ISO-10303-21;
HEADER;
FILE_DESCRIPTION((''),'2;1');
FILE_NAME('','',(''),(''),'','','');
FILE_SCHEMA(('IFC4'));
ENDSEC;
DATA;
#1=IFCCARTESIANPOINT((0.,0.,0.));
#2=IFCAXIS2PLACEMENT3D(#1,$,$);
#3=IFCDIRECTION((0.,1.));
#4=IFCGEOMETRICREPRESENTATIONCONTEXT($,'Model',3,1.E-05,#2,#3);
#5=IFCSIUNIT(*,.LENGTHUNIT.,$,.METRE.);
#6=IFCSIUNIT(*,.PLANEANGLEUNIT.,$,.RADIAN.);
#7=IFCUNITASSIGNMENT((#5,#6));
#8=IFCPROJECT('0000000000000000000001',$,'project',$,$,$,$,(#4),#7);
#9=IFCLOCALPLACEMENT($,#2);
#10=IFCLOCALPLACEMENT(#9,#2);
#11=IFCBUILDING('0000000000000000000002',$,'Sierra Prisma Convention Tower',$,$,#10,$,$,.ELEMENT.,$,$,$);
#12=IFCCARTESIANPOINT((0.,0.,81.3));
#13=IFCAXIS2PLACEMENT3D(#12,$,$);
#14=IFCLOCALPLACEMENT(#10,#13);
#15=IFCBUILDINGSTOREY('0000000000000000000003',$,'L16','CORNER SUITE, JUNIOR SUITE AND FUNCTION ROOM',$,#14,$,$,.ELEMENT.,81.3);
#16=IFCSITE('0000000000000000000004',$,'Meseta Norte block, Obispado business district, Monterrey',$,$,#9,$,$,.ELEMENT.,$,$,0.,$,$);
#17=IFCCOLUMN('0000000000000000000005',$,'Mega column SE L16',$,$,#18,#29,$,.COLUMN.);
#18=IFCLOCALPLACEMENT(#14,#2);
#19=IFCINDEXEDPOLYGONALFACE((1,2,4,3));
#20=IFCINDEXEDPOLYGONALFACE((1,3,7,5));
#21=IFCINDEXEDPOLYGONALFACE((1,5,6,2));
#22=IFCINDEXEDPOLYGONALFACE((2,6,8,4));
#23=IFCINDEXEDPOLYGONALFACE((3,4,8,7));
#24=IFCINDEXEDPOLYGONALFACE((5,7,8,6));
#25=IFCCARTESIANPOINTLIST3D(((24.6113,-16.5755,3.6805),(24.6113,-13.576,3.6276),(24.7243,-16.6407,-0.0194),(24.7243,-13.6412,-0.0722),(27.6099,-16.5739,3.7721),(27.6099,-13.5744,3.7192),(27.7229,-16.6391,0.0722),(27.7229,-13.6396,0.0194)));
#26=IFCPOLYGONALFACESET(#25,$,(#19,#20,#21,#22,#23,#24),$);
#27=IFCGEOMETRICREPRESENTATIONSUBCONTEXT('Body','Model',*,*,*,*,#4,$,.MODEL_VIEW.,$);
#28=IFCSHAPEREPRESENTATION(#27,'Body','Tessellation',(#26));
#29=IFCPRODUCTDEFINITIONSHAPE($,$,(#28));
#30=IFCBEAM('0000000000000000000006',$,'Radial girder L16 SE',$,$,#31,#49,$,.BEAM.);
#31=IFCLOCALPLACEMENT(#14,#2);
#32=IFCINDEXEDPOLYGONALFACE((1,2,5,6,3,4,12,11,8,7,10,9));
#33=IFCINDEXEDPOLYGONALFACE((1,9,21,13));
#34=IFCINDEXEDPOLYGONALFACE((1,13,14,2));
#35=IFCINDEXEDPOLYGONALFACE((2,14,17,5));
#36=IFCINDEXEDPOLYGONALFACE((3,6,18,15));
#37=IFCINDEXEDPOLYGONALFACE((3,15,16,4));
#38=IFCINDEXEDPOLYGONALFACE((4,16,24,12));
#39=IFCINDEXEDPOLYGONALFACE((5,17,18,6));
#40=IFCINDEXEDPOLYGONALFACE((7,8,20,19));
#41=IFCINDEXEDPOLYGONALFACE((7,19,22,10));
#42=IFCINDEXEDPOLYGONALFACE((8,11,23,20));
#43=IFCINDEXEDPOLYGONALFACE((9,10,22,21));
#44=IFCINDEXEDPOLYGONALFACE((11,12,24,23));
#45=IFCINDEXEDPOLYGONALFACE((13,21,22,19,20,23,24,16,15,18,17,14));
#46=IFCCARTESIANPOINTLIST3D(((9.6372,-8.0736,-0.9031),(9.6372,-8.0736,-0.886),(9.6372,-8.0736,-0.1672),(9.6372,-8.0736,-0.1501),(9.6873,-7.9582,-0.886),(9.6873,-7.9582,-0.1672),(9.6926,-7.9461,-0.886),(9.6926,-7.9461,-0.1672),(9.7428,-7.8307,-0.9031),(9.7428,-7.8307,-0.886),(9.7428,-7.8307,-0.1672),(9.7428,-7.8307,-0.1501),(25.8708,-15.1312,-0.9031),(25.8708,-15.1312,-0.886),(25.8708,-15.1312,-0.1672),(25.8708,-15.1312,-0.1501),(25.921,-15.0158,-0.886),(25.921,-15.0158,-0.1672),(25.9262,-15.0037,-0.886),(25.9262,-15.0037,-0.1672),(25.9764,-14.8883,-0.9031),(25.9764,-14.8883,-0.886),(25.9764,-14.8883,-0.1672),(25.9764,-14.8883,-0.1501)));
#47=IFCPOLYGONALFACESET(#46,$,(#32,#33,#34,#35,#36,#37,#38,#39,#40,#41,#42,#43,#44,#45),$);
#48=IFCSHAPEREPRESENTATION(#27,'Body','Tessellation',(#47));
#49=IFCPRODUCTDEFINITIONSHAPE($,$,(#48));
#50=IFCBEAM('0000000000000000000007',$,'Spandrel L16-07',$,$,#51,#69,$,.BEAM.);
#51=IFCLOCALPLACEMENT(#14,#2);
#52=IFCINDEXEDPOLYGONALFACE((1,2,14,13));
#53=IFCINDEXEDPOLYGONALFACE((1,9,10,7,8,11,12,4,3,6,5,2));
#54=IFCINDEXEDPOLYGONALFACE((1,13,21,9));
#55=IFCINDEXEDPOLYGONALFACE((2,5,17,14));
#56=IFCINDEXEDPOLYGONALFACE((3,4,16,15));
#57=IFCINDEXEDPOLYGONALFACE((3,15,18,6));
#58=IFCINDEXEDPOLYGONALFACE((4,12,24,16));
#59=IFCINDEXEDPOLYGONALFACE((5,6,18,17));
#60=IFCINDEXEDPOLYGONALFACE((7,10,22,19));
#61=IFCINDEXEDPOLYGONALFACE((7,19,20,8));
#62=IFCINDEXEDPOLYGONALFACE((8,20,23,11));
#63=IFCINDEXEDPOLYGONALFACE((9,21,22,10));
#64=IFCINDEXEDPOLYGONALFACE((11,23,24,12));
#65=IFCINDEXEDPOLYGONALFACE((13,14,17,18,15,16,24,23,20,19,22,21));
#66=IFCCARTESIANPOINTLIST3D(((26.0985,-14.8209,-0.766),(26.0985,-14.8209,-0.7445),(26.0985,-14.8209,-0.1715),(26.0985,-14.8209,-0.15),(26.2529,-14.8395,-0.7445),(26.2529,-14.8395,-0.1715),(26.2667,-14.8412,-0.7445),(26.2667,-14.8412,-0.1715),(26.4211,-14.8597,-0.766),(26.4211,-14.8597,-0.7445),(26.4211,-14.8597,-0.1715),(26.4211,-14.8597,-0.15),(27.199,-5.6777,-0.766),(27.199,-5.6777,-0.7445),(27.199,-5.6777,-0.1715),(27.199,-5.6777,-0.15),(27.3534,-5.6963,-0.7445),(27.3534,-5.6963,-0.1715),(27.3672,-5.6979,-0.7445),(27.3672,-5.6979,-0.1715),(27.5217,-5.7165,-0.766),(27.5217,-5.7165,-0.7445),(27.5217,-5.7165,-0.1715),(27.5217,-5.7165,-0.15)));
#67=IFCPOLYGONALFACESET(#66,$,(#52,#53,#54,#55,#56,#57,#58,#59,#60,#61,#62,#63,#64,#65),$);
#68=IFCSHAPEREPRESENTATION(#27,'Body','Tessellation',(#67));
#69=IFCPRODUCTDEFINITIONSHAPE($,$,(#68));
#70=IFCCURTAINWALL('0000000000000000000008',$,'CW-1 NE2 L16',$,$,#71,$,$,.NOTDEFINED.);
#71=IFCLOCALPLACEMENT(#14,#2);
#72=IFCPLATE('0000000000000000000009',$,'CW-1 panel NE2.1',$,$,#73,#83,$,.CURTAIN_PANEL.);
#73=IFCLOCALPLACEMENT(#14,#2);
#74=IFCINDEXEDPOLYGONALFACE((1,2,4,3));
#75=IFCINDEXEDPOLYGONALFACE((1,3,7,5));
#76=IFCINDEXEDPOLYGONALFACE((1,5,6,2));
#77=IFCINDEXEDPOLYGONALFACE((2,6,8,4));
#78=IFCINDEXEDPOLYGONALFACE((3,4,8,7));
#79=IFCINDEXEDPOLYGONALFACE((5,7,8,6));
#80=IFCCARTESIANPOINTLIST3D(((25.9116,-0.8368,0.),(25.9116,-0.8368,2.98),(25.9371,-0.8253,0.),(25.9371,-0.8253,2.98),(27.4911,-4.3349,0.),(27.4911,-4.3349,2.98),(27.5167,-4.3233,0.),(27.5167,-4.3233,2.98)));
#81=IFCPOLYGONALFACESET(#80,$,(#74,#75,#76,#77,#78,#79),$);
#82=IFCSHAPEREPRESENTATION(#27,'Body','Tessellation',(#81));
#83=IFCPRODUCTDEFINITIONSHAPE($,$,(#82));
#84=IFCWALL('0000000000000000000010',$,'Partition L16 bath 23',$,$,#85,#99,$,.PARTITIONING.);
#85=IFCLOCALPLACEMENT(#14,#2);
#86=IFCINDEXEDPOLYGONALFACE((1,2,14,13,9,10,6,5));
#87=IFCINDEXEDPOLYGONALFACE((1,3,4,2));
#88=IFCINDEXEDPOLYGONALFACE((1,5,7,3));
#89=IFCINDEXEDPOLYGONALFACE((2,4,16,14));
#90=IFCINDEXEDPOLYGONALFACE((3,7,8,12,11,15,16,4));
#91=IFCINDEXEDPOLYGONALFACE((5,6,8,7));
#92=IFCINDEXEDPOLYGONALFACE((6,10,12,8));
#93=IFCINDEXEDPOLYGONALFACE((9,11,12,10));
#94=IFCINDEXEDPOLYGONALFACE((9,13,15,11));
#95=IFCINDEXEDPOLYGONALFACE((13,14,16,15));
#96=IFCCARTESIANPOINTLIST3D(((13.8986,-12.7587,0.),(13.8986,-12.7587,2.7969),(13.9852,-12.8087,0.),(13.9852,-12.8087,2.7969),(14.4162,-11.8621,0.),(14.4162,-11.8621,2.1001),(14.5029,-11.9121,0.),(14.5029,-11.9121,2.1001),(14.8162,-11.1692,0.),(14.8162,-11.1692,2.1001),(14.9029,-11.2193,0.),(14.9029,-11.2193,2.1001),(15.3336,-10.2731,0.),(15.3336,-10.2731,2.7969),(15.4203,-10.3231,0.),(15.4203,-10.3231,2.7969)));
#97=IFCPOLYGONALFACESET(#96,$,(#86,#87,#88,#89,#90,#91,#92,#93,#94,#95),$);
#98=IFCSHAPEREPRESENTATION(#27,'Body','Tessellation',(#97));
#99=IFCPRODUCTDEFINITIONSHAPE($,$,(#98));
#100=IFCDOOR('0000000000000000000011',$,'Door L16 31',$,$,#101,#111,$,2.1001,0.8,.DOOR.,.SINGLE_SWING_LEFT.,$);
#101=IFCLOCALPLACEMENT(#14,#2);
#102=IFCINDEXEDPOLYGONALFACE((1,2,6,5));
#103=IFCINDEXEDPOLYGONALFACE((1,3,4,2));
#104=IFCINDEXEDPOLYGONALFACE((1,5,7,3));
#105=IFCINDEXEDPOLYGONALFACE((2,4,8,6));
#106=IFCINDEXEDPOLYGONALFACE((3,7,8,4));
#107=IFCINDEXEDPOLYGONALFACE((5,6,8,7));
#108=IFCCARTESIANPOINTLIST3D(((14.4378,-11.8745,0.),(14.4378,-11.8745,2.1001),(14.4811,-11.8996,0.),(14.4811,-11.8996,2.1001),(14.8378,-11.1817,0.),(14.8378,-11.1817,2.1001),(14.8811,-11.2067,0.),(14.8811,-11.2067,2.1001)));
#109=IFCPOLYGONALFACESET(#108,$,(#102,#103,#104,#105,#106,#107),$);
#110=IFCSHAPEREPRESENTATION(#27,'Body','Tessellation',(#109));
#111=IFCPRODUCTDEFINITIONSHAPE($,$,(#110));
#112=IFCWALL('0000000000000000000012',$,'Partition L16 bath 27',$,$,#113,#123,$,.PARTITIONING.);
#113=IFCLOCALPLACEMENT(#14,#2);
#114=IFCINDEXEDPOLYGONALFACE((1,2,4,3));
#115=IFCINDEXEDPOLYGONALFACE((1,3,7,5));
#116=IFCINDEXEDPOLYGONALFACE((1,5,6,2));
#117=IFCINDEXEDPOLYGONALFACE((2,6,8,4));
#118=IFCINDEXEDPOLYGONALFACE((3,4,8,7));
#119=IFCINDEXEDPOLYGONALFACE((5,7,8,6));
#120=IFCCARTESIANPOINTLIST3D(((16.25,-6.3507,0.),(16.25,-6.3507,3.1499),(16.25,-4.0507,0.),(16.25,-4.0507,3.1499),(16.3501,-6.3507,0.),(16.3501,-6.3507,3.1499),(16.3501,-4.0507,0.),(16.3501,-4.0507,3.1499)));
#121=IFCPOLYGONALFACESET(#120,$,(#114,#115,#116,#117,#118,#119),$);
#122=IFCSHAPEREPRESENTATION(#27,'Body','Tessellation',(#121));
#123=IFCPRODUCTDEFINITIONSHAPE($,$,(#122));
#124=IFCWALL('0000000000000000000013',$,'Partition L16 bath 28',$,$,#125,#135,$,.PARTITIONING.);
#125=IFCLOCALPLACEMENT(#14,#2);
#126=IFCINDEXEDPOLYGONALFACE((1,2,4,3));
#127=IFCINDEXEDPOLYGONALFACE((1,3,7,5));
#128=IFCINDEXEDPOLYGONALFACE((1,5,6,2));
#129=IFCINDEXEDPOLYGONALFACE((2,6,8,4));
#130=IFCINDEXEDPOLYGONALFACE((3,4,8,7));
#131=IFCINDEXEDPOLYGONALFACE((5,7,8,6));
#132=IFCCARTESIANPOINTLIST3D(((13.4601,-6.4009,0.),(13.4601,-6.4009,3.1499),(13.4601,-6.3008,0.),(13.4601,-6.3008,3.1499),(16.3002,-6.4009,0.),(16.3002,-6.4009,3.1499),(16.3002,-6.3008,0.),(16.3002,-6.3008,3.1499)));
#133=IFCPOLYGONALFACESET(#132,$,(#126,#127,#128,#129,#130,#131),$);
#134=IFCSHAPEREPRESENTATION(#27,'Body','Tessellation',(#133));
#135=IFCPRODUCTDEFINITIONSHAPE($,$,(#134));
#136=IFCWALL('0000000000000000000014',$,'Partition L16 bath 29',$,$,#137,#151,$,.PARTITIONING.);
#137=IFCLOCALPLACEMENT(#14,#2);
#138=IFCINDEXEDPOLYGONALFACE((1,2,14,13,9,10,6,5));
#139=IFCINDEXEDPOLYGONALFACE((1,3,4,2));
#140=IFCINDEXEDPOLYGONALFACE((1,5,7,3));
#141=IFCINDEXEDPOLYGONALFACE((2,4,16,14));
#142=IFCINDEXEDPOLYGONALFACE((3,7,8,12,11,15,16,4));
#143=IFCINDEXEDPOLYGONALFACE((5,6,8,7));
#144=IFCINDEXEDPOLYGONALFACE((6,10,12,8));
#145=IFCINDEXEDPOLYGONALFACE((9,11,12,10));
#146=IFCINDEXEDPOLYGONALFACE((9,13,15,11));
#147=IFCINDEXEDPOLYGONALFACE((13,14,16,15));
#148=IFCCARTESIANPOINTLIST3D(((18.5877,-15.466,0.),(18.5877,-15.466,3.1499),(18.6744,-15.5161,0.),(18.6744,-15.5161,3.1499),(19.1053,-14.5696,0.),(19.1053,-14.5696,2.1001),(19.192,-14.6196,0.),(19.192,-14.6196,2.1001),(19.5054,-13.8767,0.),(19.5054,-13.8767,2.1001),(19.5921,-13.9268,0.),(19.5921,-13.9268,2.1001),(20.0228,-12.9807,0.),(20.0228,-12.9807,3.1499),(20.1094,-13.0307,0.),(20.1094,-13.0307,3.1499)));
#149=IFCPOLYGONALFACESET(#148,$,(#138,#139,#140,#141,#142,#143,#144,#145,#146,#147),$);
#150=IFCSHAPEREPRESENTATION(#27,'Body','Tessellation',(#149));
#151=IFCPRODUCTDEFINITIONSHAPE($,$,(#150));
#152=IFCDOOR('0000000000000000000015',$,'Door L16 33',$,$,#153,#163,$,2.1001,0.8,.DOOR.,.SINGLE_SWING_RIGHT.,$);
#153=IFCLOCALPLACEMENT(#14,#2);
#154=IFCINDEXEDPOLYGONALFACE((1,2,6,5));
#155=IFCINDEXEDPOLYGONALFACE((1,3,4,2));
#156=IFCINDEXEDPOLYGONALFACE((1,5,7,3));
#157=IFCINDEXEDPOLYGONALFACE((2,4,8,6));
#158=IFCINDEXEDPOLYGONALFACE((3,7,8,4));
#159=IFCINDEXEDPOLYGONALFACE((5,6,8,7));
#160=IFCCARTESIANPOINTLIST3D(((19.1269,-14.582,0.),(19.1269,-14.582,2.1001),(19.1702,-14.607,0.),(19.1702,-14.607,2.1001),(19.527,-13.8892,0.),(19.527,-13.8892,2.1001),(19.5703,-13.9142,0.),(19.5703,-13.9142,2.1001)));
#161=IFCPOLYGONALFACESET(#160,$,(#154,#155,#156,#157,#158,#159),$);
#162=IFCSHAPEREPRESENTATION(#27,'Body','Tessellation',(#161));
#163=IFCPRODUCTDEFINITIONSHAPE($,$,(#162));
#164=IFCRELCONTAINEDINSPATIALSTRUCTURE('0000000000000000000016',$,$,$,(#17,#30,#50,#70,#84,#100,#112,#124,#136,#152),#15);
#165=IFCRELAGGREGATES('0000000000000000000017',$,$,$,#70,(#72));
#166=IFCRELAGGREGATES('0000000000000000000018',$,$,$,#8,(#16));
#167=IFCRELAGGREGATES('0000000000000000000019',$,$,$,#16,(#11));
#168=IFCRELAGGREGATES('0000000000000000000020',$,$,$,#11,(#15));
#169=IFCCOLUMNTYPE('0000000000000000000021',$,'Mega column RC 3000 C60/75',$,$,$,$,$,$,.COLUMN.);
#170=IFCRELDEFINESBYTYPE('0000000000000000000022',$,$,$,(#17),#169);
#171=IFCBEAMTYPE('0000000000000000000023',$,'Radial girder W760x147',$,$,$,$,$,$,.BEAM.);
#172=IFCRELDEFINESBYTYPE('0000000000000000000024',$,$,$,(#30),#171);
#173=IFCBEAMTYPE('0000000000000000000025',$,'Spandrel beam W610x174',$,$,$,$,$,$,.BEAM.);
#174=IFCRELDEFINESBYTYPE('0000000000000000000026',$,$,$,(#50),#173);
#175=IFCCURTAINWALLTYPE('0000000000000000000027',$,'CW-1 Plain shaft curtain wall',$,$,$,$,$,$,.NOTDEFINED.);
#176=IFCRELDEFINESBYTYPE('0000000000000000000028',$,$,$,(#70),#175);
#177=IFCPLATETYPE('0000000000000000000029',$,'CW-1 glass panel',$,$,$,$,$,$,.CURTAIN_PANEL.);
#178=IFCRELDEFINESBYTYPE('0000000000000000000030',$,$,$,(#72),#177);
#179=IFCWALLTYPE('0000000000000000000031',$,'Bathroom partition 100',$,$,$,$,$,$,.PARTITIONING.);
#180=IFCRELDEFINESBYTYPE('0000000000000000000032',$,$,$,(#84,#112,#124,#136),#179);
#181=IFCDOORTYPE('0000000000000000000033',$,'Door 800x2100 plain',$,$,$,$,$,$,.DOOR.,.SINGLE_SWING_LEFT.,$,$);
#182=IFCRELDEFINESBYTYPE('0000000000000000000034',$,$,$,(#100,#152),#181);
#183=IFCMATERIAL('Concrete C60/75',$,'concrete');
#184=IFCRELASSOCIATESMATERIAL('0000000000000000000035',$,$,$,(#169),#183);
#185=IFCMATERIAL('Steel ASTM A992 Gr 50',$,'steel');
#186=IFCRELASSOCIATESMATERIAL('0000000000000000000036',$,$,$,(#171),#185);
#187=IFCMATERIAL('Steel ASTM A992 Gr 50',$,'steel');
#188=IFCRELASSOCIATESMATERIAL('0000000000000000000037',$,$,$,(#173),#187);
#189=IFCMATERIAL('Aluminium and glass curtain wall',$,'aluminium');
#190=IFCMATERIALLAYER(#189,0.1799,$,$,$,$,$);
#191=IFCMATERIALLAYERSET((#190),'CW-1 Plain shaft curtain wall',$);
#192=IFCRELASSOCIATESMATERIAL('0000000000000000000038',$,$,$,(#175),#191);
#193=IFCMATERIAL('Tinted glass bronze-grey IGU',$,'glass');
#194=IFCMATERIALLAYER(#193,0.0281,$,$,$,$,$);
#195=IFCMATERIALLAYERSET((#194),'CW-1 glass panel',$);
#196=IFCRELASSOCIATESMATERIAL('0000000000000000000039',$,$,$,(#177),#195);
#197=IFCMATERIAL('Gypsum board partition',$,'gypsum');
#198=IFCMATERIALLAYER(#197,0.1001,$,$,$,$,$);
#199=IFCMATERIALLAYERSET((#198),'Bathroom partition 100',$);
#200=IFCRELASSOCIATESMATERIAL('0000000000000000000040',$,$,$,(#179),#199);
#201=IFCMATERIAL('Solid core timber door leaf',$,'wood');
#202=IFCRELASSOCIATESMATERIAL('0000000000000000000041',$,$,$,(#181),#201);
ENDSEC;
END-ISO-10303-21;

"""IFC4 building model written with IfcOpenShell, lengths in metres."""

from ifc_helpers import new_model, si_unit, direction, frame, frame_2d, origin, origin_2d, place, context, subcontext, project, spatial, rectangle, i_section, extrude, material, layer, layer_set, material_profile, profile_set, type_object, element, fill, aggregate, save


model = new_model("IFC4")

# Units and contexts
model_context = context("Model", 3, precision=1e-05, world=origin(), true_north=direction((0.0, 1.0)))
body_context = subcontext(model_context, "Body", "Model", "MODEL_VIEW")
ifc_project = project(units=[si_unit("LENGTHUNIT", "METRE"), si_unit("PLANEANGLEUNIT", "RADIAN")], contexts=[model_context])

# Site, building, storey
site_placement = place(None, origin())
site = spatial("IfcSite", under=ifc_project, at=site_placement, Name="Meseta Norte block, Obispado business district, Monterrey", CompositionType="ELEMENT", RefElevation=0.0)
building_placement = place(site_placement, origin())
building = spatial("IfcBuilding", under=site, at=building_placement, Name="Sierra Prisma Convention Tower", CompositionType="ELEMENT")
storey_placement = place(building_placement, frame((0.0, 0.0, 81.3)))
storey = spatial("IfcBuildingStorey", under=building, at=storey_placement, Name="L16", Description="CORNER SUITE, JUNIOR SUITE AND FUNCTION ROOM", CompositionType="ELEMENT", Elevation=81.3)

# Column
ifc_material_1 = material(Name="Concrete C60/75", Category="concrete")
ifc_material_profile_1 = material_profile(ifc_material_1, rectangle(XDim=3.0, YDim=3.0, at=origin_2d()), Name="Mega column RC 3000 C60/75")
ifc_profile_set_1 = profile_set([ifc_material_profile_1], Name="Concrete C60/75")
column_type = type_object("IfcColumnType", Name="Mega column RC 3000 C60/75", PredefinedType="COLUMN", material=ifc_profile_set_1)
column_placement = place(storey_placement, frame((26.2236, -15.1401, 0.0), z_axis=(-0.030532, 0.017607, 0.999379), x_axis=(0.999534, 0.000538, 0.030527)))
element("IfcColumn", 1, at=column_placement, inside=storey, type_object=column_type, Name="Mega column SE L16", PredefinedType="COLUMN", context=body_context, shape_type="SweptSolid", body=[
    extrude(rectangle(XDim=3.0, YDim=3.0, at=origin_2d()), origin(), (0.0, 0.0, 1.0), 3.7021),
])

# Beams
ifc_material_2 = material(Name="Steel ASTM A992 Gr 50", Category="steel")
ifc_material_profile_2 = material_profile(ifc_material_2, i_section(OverallWidth=0.2649, OverallDepth=0.7529, WebThickness=0.0132, FlangeThickness=0.0171, at=origin_2d()), Name="W760x147")
ifc_profile_set_2 = profile_set([ifc_material_profile_2], Name="Steel ASTM A992 Gr 50")
beam_type_1 = type_object("IfcBeamType", Name="Radial girder W760x147", PredefinedType="BEAM", material=ifc_profile_set_2)
beam_1_placement = place(storey_placement, frame((25.9236, -15.0098, -0.5266), z_axis=(-0.91708, 0.398703, 0.0), x_axis=(-0.398703, -0.91708, 0.0)))
element("IfcBeam", 2, at=beam_1_placement, inside=storey, type_object=beam_type_1, Name="Radial girder L16 SE", PredefinedType="BEAM", context=body_context, shape_type="SweptSolid", body=[
    extrude(i_section(OverallWidth=0.2649, OverallDepth=0.7529, WebThickness=0.0132, FlangeThickness=0.0171, at=origin_2d()), origin(), (0.0, 0.0, 1.0), 17.7014),
])
ifc_material_3 = material(Name="Steel ASTM A992 Gr 50", Category="steel")
ifc_material_profile_3 = material_profile(ifc_material_3, i_section(OverallWidth=0.325, OverallDepth=0.616, WebThickness=0.0139, FlangeThickness=0.0215, at=origin_2d()), Name="W610x174")
ifc_profile_set_3 = profile_set([ifc_material_profile_3], Name="Steel ASTM A992 Gr 50")
beam_type_2 = type_object("IfcBeamType", Name="Spandrel beam W610x174", PredefinedType="BEAM", material=ifc_profile_set_3)
beam_2_placement = place(storey_placement, frame((26.2598, -14.8403, -0.458), z_axis=(0.119508, 0.992833, 0.0), x_axis=(-0.992833, 0.119508, 0.0)))
element("IfcBeam", 3, at=beam_2_placement, inside=storey, type_object=beam_type_2, Name="Spandrel L16-07", PredefinedType="BEAM", context=body_context, shape_type="SweptSolid", body=[
    extrude(i_section(OverallWidth=0.325, OverallDepth=0.616, WebThickness=0.0139, FlangeThickness=0.0215, at=origin_2d()), origin(), (0.0, 0.0, 1.0), 9.2092),
])

# Curtain wall, plate
ifc_material_4 = material(Name="Aluminium and glass curtain wall", Category="aluminium")
ifc_layer_1 = layer(ifc_material_4, 0.1799)
ifc_layer_set_1 = layer_set([ifc_layer_1], Name="CW-1 Plain shaft curtain wall")
curtain_wall_type = type_object("IfcCurtainWallType", Name="CW-1 Plain shaft curtain wall", PredefinedType="NOTDEFINED", material=ifc_layer_set_1)
curtain_wall_placement = place(storey_placement, origin())
curtain_wall = element("IfcCurtainWall", 4, at=curtain_wall_placement, inside=storey, type_object=curtain_wall_type, Name="CW-1 NE2 L16", PredefinedType="NOTDEFINED")
ifc_material_5 = material(Name="Tinted glass bronze-grey IGU", Category="glass")
ifc_layer_2 = layer(ifc_material_5, 0.0281)
ifc_layer_set_2 = layer_set([ifc_layer_2], Name="CW-1 glass panel")
plate_type = type_object("IfcPlateType", Name="CW-1 glass panel", PredefinedType="CURTAIN_PANEL", material=ifc_layer_set_2)
plate_placement = place(storey_placement, frame((26.7141, -2.5801, 0.0), z_axis=(0.0, 0.0, 1.0), x_axis=(-0.411534, 0.911394, 0.0)))
plate = element("IfcPlate", 5, at=plate_placement, type_object=plate_type, Name="CW-1 panel NE2.1", PredefinedType="CURTAIN_PANEL", context=body_context, shape_type="SweptSolid", body=[
    extrude(rectangle(XDim=3.8381, YDim=0.0281, at=origin_2d()), origin(), (0.0, 0.0, 1.0), 2.98),
])
aggregate(curtain_wall, [plate])

# Wall, opening, door
ifc_material_6 = material(Name="Gypsum board partition", Category="gypsum")
ifc_layer_3 = layer(ifc_material_6, 0.1001)
ifc_layer_set_3 = layer_set([ifc_layer_3], Name="Bathroom partition 100")
wall_type_1 = type_object("IfcWallType", Name="Bathroom partition 100", PredefinedType="PARTITIONING", material=ifc_layer_set_3)
wall_1_placement = place(storey_placement, frame((15.377, -10.2981, 0.0), z_axis=(0.0, 0.0, 1.0), x_axis=(-0.5, -0.866026, 0.0)))
wall_1 = element("IfcWall", 6, at=wall_1_placement, inside=storey, type_object=wall_type_1, Name="Partition L16 bath 23", PredefinedType="PARTITIONING", context=body_context, shape_type="SweptSolid", body=[
    extrude(rectangle(XDim=2.8701, YDim=0.1001, at=frame_2d((1.4351, 0.0))), origin(), (0.0, 0.0, 1.0), 2.7969),
])
opening_1_placement = place(wall_1_placement, frame((1.0349, 0.0, 0.0)))
opening_1 = element("IfcOpeningElement", 7, at=opening_1_placement, cuts=wall_1, PredefinedType="OPENING", context=body_context, shape_type="SweptSolid", body=[
    extrude(rectangle(XDim=0.8, YDim=2.1001, at=frame_2d((0.3999, 1.05))), frame((0.0, 0.05, 0.0), z_axis=(0.0, -1.0, 0.0), x_axis=(1.0, 0.0, 0.0)), (0.0, 0.0, 1.0), 0.1001),
])
ifc_material_7 = material(Name="Solid core timber door leaf", Category="wood")
door_type_1 = type_object("IfcDoorType", Name="Door 800x2100 plain", OperationType="SINGLE_SWING_LEFT", PredefinedType="DOOR", material=ifc_material_7)
door_1_placement = place(opening_1_placement, origin())
door_1 = element("IfcDoor", 8, at=door_1_placement, inside=storey, type_object=door_type_1, Name="Door L16 31", OperationType="SINGLE_SWING_LEFT", OverallHeight=2.1001, OverallWidth=0.8, PredefinedType="DOOR", context=body_context, shape_type="SweptSolid", body=[
    extrude(rectangle(XDim=0.8, YDim=2.1001, at=frame_2d((0.3999, 1.05))), frame((0.0, 0.0249, 0.0), z_axis=(0.0, -1.0, 0.0), x_axis=(1.0, 0.0, 0.0)), (0.0, 0.0, 1.0), 0.05),
])
fill(opening_1, door_1)

# Walls
wall_2_placement = place(storey_placement, frame((16.3, -4.0508, 0.0), z_axis=(0.0, 0.0, 1.0), x_axis=(0.0, -1.0, 0.0)))
element("IfcWall", 9, at=wall_2_placement, inside=storey, type_object=wall_type_1, Name="Partition L16 bath 27", PredefinedType="PARTITIONING", context=body_context, shape_type="SweptSolid", body=[
    extrude(rectangle(XDim=2.3, YDim=0.1001, at=frame_2d((1.1499, 0.0))), origin(), (0.0, 0.0, 1.0), 3.1499),
])
wall_3_placement = place(storey_placement, frame((16.3, -6.3508, 0.0), z_axis=(0.0, 0.0, 1.0), x_axis=(-1.0, 0.0, 0.0)))
element("IfcWall", 10, at=wall_3_placement, inside=storey, type_object=wall_type_1, Name="Partition L16 bath 28", PredefinedType="PARTITIONING", context=body_context, shape_type="SweptSolid", body=[
    extrude(rectangle(XDim=2.8401, YDim=0.1001, at=frame_2d((1.4199, 0.0))), origin(), (0.0, 0.0, 1.0), 3.1499),
])

# Wall, opening, door
wall_4_placement = place(storey_placement, frame((20.0662, -13.0056, 0.0), z_axis=(0.0, 0.0, 1.0), x_axis=(-0.500037, -0.866004, 0.0)))
wall_4 = element("IfcWall", 11, at=wall_4_placement, inside=storey, type_object=wall_type_1, Name="Partition L16 bath 29", PredefinedType="PARTITIONING", context=body_context, shape_type="SweptSolid", body=[
    extrude(rectangle(XDim=2.8699, YDim=0.1001, at=frame_2d((1.4351, 0.0))), origin(), (0.0, 0.0, 1.0), 3.1499),
])
opening_2_placement = place(wall_4_placement, frame((1.0349, 0.0, 0.0)))
opening_2 = element("IfcOpeningElement", 12, at=opening_2_placement, cuts=wall_4, PredefinedType="OPENING", context=body_context, shape_type="SweptSolid", body=[
    extrude(rectangle(XDim=0.8, YDim=2.1001, at=frame_2d((0.3999, 1.05))), frame((0.0, 0.05, 0.0), z_axis=(0.0, -1.0, 0.0), x_axis=(1.0, 0.0, 0.0)), (0.0, 0.0, 1.0), 0.1001),
])
door_2_placement = place(opening_2_placement, origin())
door_2 = element("IfcDoor", 13, at=door_2_placement, inside=storey, type_object=door_type_1, Name="Door L16 33", OperationType="SINGLE_SWING_RIGHT", OverallHeight=2.1001, OverallWidth=0.8, PredefinedType="DOOR", context=body_context, shape_type="SweptSolid", body=[
    extrude(rectangle(XDim=0.8, YDim=2.1001, at=frame_2d((0.3999, 1.05))), frame((0.0, 0.0249, 0.0), z_axis=(0.0, -1.0, 0.0), x_axis=(1.0, 0.0, 0.0)), (0.0, 0.0, 1.0), 0.05),
])
fill(opening_2, door_2)

save(model, "model.ifc")
